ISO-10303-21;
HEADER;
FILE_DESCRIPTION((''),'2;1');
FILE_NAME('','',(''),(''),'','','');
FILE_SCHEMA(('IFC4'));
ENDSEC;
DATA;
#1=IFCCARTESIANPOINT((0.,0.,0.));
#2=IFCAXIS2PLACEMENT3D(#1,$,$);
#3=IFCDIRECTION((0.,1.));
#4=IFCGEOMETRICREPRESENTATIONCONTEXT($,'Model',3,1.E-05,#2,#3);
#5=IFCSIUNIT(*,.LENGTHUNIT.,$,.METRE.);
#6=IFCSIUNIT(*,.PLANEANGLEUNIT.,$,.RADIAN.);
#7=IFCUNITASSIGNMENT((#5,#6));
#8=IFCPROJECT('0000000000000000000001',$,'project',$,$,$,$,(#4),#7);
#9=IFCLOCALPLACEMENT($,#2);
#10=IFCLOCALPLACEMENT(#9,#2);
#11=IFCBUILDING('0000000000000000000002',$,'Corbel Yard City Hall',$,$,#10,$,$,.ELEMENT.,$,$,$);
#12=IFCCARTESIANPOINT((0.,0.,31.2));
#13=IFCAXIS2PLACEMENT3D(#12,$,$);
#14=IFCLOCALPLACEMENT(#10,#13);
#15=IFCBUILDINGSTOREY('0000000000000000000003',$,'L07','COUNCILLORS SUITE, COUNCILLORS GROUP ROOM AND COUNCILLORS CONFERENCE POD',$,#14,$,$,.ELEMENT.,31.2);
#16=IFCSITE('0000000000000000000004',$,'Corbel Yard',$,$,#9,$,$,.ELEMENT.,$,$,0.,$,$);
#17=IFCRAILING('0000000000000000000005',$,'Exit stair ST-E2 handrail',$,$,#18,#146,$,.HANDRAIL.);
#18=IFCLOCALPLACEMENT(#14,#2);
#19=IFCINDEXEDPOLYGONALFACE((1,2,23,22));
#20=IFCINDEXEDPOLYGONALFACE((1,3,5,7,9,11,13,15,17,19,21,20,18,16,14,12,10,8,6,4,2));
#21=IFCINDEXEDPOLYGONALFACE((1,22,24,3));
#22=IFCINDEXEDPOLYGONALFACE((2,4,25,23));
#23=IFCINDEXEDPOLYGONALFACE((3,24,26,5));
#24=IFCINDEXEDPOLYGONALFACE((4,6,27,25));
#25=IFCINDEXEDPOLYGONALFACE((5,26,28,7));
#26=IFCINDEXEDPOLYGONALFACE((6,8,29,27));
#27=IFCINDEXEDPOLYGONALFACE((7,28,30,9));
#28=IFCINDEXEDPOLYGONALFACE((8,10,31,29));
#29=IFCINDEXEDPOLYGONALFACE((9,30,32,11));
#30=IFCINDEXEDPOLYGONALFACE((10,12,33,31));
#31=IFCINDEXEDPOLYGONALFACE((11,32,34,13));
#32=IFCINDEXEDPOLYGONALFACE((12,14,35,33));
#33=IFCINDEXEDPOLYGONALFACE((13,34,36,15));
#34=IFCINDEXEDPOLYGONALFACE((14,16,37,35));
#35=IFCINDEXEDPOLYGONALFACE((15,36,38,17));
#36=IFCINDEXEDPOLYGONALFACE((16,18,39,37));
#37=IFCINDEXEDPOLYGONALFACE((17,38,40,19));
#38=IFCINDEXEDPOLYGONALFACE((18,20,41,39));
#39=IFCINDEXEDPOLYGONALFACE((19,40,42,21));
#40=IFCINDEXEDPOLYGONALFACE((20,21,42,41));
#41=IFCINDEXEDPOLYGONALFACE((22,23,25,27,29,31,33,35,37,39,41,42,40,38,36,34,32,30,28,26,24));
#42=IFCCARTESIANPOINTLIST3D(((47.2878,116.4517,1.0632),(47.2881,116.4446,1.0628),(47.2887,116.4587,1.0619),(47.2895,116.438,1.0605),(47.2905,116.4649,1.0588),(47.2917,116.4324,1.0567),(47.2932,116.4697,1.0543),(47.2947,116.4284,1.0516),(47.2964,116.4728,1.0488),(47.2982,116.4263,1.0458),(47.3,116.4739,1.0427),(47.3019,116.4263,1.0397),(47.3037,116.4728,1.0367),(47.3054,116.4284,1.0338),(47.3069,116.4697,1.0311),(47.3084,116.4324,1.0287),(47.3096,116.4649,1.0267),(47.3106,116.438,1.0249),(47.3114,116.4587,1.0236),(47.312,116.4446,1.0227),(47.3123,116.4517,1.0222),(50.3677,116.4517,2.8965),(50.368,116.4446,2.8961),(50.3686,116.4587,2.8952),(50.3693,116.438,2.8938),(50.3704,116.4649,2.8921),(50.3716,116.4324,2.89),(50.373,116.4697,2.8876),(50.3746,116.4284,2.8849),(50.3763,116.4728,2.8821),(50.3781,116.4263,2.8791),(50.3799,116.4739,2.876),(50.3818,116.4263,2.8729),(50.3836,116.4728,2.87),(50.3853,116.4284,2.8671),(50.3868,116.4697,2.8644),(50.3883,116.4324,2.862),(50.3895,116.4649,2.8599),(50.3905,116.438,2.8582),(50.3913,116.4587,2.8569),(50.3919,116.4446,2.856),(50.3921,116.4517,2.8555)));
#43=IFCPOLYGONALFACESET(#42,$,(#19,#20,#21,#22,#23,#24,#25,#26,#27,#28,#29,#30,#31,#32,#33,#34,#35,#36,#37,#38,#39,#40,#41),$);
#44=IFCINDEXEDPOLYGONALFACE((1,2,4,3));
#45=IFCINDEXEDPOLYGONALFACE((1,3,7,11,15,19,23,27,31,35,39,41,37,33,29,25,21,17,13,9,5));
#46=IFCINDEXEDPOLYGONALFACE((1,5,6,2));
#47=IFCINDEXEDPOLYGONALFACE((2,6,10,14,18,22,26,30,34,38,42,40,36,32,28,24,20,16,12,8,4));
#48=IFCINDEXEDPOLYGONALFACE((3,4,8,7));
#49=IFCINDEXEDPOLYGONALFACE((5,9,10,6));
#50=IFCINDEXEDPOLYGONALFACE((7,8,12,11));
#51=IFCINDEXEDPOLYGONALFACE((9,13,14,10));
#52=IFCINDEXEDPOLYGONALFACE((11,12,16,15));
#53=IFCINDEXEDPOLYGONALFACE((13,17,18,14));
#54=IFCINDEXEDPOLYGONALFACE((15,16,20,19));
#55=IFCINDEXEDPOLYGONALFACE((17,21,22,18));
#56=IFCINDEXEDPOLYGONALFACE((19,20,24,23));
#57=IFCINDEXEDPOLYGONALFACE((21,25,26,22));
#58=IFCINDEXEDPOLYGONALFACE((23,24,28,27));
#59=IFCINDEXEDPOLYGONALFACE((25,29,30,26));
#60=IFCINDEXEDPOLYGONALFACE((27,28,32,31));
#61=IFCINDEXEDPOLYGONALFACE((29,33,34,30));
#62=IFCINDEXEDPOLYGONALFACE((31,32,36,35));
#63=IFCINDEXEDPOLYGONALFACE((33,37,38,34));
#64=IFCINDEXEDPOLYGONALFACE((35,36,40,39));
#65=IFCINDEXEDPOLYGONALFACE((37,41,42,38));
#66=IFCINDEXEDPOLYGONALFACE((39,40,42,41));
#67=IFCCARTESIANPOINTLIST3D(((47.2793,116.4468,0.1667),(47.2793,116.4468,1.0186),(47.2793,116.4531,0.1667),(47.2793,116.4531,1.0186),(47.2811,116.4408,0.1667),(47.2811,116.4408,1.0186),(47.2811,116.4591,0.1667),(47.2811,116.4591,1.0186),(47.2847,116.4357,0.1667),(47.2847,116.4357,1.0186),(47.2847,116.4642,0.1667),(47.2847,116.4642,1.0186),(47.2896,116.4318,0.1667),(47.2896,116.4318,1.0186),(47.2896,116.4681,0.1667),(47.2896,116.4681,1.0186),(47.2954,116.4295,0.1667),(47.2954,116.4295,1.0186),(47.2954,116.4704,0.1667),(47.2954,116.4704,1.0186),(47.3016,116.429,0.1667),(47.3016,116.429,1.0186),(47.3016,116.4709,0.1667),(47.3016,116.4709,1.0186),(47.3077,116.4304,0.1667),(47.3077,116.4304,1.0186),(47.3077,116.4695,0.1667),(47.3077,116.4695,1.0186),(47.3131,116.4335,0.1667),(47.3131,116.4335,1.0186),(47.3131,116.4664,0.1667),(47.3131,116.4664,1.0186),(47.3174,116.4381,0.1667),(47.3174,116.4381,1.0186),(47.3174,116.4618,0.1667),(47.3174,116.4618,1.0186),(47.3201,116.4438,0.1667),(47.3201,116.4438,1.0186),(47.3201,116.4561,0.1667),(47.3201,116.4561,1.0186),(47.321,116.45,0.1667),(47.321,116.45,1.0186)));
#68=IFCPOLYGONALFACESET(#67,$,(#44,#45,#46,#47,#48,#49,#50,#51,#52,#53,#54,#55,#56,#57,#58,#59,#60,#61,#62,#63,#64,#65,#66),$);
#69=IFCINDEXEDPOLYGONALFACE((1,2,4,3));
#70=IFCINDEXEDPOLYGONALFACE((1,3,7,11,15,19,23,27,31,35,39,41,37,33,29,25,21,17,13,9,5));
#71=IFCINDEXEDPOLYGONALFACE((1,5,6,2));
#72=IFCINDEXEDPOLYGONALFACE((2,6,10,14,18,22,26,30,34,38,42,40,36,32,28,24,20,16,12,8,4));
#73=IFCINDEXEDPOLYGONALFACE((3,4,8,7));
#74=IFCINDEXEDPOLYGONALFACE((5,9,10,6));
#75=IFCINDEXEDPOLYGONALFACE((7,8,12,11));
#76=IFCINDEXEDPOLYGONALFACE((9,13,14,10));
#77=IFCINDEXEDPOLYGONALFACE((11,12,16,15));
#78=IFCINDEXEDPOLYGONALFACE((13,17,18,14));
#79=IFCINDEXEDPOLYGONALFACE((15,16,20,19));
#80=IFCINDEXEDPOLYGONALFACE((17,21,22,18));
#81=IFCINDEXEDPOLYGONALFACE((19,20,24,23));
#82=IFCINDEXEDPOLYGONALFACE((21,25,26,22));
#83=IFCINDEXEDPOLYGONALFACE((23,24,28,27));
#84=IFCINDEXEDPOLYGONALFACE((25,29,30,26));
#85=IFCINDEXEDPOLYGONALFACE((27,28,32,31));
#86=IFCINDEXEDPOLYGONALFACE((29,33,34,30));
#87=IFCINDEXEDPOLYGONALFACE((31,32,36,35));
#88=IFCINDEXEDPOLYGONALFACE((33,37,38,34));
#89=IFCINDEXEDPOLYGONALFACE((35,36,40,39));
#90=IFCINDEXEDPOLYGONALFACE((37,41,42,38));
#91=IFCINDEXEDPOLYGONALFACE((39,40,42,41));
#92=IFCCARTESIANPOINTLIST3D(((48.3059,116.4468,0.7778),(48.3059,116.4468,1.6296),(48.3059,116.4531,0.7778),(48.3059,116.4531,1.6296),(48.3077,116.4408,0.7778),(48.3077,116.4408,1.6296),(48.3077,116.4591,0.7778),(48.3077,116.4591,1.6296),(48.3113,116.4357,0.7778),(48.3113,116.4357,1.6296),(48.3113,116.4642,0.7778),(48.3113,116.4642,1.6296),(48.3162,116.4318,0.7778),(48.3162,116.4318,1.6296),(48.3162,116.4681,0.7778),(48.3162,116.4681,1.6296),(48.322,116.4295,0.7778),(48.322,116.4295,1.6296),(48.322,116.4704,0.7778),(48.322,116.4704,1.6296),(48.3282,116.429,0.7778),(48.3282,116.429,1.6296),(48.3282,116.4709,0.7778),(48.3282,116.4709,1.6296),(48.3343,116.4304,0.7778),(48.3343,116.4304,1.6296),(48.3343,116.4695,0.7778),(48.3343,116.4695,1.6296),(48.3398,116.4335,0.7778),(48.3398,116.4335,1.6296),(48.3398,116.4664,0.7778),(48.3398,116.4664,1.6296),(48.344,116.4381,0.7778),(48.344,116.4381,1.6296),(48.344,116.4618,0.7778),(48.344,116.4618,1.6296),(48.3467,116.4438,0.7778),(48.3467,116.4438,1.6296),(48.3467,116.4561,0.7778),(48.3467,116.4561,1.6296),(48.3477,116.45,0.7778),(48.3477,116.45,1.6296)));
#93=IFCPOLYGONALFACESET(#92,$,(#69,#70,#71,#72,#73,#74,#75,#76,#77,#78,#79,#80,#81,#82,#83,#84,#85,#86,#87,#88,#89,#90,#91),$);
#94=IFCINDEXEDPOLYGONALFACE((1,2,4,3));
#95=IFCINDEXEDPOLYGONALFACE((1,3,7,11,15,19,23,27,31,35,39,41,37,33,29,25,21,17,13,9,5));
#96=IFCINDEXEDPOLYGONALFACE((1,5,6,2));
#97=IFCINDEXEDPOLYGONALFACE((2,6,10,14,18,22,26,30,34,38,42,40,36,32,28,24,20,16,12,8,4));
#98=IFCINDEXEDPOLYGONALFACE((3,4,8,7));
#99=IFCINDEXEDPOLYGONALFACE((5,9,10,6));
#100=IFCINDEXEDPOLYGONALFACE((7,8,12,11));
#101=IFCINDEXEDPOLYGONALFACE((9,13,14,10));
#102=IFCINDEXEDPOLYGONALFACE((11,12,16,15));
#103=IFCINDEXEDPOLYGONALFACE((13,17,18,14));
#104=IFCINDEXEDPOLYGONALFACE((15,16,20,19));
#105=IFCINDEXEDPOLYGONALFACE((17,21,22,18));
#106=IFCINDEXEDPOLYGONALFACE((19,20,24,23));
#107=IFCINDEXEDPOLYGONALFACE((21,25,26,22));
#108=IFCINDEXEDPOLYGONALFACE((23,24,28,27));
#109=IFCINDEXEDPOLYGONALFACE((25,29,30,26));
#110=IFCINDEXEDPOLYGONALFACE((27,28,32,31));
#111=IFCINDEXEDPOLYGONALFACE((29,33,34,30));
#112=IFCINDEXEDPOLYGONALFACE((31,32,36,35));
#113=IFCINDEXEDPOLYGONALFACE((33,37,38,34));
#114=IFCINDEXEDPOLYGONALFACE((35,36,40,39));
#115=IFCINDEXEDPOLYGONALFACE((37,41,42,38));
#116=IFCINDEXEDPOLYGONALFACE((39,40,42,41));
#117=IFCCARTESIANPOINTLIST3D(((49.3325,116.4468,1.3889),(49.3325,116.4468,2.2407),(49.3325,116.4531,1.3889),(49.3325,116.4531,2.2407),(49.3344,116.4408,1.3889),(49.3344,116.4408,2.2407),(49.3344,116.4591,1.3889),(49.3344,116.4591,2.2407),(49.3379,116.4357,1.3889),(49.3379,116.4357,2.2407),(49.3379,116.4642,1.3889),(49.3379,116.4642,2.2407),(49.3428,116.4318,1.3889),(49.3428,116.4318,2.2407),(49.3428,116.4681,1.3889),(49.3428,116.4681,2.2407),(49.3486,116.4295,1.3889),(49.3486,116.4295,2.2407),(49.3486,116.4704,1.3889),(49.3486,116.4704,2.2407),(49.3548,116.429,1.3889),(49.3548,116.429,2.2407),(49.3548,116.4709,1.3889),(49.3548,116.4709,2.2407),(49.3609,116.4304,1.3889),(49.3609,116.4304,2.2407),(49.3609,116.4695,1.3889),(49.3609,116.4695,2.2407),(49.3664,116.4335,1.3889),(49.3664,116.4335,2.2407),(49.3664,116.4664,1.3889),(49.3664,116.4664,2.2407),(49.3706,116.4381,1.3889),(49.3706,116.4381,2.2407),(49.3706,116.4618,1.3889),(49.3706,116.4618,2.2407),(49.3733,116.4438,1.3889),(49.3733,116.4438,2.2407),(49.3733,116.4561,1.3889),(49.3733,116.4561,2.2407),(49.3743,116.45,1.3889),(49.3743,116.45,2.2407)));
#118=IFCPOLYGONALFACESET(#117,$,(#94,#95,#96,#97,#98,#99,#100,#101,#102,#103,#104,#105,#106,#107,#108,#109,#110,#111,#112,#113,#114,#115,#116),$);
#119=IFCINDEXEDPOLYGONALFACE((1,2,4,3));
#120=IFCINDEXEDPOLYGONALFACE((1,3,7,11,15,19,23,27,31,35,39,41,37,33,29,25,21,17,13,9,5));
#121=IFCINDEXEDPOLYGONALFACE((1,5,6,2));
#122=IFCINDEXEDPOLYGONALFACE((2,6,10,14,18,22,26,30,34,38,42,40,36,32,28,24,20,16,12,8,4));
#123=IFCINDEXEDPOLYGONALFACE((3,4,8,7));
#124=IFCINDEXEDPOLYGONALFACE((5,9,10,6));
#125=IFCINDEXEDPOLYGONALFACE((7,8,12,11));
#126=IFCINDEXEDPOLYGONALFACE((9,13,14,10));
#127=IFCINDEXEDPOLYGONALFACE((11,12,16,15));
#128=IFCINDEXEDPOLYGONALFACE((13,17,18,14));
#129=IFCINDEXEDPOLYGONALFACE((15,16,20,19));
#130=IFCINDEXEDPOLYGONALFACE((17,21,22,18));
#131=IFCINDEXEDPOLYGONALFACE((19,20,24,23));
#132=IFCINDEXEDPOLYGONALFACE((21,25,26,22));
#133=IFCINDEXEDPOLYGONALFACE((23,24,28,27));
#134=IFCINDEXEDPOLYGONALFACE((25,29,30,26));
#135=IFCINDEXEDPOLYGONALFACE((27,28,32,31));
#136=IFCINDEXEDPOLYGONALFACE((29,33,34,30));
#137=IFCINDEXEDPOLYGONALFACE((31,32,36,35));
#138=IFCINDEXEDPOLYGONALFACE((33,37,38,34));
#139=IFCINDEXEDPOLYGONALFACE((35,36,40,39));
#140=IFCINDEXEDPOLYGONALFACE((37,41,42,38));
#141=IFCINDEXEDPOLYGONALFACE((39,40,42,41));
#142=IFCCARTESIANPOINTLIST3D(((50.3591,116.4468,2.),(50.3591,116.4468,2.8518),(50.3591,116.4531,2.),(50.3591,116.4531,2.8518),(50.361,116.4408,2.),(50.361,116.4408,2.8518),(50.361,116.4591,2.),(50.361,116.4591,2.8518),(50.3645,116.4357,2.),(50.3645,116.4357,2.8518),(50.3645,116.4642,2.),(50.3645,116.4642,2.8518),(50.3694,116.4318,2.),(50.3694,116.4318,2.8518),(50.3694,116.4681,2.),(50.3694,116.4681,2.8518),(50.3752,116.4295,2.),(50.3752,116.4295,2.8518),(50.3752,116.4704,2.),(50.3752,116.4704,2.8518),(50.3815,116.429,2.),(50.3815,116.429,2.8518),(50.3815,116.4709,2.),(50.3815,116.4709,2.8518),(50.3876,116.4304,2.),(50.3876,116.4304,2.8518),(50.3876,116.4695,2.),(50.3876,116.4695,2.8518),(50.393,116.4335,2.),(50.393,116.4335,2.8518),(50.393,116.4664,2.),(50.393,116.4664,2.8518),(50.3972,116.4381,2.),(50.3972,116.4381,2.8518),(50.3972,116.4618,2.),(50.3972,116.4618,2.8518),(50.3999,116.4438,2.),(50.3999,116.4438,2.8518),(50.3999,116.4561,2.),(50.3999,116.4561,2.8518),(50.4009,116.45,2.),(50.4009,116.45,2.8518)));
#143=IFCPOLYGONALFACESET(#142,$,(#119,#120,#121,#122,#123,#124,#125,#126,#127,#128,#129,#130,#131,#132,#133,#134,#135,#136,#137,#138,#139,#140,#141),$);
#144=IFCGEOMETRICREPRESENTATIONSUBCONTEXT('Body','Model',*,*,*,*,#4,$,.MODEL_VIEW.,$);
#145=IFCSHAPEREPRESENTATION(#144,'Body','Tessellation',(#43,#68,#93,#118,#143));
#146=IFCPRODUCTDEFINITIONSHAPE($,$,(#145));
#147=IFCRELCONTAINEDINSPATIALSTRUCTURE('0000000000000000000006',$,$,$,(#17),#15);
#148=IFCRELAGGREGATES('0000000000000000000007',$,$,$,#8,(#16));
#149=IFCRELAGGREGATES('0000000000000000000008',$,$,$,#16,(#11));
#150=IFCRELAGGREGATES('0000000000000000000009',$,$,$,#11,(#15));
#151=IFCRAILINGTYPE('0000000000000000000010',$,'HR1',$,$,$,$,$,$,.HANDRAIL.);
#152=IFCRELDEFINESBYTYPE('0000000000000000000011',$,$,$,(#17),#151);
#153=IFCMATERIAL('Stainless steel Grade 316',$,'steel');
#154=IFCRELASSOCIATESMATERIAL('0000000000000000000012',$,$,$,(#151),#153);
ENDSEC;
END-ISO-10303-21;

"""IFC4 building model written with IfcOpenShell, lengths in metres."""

from ifc_helpers import new_model, si_unit, direction, frame, origin, origin_2d, place, context, subcontext, project, spatial, circle, extrude, material, type_object, element, save


model = new_model("IFC4")

# Units and contexts
model_context = context("Model", 3, precision=1e-05, world=origin(), true_north=direction((0.0, 1.0)))
body_context = subcontext(model_context, "Body", "Model", "MODEL_VIEW")
ifc_project = project(units=[si_unit("LENGTHUNIT", "METRE"), si_unit("PLANEANGLEUNIT", "RADIAN")], contexts=[model_context])

# Site, building, storey
site_placement = place(None, origin())
site = spatial("IfcSite", under=ifc_project, at=site_placement, Name="Corbel Yard", CompositionType="ELEMENT", RefElevation=0.0)
building_placement = place(site_placement, origin())
building = spatial("IfcBuilding", under=site, at=building_placement, Name="Corbel Yard City Hall", CompositionType="ELEMENT")
storey_placement = place(building_placement, frame((0.0, 0.0, 31.2)))
storey = spatial("IfcBuildingStorey", under=building, at=storey_placement, Name="L07", Description="COUNCILLORS SUITE, COUNCILLORS GROUP ROOM AND COUNCILLORS CONFERENCE POD", CompositionType="ELEMENT", Elevation=31.2)

# Shared definitions
ifc_material_1 = material(Name="Stainless steel Grade 316", Category="steel")

# Railing
railing_type = type_object("IfcRailingType", Name="HR1", PredefinedType="HANDRAIL", material=ifc_material_1)
for number, where, name in (
    (1, (47.3, 116.45, 0.1667), "Exit stair ST-E2 handrail"),
):
    element("IfcRailing", number, at=place(storey_placement, frame(where)), inside=storey, type_object=railing_type, Name=name, PredefinedType="HANDRAIL", context=body_context, shape_type="SweptSolid", body=[
        extrude(circle(Radius=0.0239, at=origin_2d()), frame((0.0, 0.0, 0.876), z_axis=(0.859291, 0.0, 0.511487), x_axis=(0.0, 1.0, 0.0)), (0.0, 0.0, 1.0), 3.5842),
        extrude(circle(Radius=0.021, at=origin_2d()), origin(), (0.0, 0.0, 1.0), 0.8518),
        extrude(circle(Radius=0.021, at=origin_2d()), frame((1.0266, 0.0, 0.6111)), (0.0, 0.0, 1.0), 0.8518),
        extrude(circle(Radius=0.021, at=origin_2d()), frame((2.0532, 0.0, 1.2222)), (0.0, 0.0, 1.0), 0.8518),
        extrude(circle(Radius=0.021, at=origin_2d()), frame((3.0798, 0.0, 1.8333)), (0.0, 0.0, 1.0), 0.8518),
    ])

save(model, "model.ifc")
